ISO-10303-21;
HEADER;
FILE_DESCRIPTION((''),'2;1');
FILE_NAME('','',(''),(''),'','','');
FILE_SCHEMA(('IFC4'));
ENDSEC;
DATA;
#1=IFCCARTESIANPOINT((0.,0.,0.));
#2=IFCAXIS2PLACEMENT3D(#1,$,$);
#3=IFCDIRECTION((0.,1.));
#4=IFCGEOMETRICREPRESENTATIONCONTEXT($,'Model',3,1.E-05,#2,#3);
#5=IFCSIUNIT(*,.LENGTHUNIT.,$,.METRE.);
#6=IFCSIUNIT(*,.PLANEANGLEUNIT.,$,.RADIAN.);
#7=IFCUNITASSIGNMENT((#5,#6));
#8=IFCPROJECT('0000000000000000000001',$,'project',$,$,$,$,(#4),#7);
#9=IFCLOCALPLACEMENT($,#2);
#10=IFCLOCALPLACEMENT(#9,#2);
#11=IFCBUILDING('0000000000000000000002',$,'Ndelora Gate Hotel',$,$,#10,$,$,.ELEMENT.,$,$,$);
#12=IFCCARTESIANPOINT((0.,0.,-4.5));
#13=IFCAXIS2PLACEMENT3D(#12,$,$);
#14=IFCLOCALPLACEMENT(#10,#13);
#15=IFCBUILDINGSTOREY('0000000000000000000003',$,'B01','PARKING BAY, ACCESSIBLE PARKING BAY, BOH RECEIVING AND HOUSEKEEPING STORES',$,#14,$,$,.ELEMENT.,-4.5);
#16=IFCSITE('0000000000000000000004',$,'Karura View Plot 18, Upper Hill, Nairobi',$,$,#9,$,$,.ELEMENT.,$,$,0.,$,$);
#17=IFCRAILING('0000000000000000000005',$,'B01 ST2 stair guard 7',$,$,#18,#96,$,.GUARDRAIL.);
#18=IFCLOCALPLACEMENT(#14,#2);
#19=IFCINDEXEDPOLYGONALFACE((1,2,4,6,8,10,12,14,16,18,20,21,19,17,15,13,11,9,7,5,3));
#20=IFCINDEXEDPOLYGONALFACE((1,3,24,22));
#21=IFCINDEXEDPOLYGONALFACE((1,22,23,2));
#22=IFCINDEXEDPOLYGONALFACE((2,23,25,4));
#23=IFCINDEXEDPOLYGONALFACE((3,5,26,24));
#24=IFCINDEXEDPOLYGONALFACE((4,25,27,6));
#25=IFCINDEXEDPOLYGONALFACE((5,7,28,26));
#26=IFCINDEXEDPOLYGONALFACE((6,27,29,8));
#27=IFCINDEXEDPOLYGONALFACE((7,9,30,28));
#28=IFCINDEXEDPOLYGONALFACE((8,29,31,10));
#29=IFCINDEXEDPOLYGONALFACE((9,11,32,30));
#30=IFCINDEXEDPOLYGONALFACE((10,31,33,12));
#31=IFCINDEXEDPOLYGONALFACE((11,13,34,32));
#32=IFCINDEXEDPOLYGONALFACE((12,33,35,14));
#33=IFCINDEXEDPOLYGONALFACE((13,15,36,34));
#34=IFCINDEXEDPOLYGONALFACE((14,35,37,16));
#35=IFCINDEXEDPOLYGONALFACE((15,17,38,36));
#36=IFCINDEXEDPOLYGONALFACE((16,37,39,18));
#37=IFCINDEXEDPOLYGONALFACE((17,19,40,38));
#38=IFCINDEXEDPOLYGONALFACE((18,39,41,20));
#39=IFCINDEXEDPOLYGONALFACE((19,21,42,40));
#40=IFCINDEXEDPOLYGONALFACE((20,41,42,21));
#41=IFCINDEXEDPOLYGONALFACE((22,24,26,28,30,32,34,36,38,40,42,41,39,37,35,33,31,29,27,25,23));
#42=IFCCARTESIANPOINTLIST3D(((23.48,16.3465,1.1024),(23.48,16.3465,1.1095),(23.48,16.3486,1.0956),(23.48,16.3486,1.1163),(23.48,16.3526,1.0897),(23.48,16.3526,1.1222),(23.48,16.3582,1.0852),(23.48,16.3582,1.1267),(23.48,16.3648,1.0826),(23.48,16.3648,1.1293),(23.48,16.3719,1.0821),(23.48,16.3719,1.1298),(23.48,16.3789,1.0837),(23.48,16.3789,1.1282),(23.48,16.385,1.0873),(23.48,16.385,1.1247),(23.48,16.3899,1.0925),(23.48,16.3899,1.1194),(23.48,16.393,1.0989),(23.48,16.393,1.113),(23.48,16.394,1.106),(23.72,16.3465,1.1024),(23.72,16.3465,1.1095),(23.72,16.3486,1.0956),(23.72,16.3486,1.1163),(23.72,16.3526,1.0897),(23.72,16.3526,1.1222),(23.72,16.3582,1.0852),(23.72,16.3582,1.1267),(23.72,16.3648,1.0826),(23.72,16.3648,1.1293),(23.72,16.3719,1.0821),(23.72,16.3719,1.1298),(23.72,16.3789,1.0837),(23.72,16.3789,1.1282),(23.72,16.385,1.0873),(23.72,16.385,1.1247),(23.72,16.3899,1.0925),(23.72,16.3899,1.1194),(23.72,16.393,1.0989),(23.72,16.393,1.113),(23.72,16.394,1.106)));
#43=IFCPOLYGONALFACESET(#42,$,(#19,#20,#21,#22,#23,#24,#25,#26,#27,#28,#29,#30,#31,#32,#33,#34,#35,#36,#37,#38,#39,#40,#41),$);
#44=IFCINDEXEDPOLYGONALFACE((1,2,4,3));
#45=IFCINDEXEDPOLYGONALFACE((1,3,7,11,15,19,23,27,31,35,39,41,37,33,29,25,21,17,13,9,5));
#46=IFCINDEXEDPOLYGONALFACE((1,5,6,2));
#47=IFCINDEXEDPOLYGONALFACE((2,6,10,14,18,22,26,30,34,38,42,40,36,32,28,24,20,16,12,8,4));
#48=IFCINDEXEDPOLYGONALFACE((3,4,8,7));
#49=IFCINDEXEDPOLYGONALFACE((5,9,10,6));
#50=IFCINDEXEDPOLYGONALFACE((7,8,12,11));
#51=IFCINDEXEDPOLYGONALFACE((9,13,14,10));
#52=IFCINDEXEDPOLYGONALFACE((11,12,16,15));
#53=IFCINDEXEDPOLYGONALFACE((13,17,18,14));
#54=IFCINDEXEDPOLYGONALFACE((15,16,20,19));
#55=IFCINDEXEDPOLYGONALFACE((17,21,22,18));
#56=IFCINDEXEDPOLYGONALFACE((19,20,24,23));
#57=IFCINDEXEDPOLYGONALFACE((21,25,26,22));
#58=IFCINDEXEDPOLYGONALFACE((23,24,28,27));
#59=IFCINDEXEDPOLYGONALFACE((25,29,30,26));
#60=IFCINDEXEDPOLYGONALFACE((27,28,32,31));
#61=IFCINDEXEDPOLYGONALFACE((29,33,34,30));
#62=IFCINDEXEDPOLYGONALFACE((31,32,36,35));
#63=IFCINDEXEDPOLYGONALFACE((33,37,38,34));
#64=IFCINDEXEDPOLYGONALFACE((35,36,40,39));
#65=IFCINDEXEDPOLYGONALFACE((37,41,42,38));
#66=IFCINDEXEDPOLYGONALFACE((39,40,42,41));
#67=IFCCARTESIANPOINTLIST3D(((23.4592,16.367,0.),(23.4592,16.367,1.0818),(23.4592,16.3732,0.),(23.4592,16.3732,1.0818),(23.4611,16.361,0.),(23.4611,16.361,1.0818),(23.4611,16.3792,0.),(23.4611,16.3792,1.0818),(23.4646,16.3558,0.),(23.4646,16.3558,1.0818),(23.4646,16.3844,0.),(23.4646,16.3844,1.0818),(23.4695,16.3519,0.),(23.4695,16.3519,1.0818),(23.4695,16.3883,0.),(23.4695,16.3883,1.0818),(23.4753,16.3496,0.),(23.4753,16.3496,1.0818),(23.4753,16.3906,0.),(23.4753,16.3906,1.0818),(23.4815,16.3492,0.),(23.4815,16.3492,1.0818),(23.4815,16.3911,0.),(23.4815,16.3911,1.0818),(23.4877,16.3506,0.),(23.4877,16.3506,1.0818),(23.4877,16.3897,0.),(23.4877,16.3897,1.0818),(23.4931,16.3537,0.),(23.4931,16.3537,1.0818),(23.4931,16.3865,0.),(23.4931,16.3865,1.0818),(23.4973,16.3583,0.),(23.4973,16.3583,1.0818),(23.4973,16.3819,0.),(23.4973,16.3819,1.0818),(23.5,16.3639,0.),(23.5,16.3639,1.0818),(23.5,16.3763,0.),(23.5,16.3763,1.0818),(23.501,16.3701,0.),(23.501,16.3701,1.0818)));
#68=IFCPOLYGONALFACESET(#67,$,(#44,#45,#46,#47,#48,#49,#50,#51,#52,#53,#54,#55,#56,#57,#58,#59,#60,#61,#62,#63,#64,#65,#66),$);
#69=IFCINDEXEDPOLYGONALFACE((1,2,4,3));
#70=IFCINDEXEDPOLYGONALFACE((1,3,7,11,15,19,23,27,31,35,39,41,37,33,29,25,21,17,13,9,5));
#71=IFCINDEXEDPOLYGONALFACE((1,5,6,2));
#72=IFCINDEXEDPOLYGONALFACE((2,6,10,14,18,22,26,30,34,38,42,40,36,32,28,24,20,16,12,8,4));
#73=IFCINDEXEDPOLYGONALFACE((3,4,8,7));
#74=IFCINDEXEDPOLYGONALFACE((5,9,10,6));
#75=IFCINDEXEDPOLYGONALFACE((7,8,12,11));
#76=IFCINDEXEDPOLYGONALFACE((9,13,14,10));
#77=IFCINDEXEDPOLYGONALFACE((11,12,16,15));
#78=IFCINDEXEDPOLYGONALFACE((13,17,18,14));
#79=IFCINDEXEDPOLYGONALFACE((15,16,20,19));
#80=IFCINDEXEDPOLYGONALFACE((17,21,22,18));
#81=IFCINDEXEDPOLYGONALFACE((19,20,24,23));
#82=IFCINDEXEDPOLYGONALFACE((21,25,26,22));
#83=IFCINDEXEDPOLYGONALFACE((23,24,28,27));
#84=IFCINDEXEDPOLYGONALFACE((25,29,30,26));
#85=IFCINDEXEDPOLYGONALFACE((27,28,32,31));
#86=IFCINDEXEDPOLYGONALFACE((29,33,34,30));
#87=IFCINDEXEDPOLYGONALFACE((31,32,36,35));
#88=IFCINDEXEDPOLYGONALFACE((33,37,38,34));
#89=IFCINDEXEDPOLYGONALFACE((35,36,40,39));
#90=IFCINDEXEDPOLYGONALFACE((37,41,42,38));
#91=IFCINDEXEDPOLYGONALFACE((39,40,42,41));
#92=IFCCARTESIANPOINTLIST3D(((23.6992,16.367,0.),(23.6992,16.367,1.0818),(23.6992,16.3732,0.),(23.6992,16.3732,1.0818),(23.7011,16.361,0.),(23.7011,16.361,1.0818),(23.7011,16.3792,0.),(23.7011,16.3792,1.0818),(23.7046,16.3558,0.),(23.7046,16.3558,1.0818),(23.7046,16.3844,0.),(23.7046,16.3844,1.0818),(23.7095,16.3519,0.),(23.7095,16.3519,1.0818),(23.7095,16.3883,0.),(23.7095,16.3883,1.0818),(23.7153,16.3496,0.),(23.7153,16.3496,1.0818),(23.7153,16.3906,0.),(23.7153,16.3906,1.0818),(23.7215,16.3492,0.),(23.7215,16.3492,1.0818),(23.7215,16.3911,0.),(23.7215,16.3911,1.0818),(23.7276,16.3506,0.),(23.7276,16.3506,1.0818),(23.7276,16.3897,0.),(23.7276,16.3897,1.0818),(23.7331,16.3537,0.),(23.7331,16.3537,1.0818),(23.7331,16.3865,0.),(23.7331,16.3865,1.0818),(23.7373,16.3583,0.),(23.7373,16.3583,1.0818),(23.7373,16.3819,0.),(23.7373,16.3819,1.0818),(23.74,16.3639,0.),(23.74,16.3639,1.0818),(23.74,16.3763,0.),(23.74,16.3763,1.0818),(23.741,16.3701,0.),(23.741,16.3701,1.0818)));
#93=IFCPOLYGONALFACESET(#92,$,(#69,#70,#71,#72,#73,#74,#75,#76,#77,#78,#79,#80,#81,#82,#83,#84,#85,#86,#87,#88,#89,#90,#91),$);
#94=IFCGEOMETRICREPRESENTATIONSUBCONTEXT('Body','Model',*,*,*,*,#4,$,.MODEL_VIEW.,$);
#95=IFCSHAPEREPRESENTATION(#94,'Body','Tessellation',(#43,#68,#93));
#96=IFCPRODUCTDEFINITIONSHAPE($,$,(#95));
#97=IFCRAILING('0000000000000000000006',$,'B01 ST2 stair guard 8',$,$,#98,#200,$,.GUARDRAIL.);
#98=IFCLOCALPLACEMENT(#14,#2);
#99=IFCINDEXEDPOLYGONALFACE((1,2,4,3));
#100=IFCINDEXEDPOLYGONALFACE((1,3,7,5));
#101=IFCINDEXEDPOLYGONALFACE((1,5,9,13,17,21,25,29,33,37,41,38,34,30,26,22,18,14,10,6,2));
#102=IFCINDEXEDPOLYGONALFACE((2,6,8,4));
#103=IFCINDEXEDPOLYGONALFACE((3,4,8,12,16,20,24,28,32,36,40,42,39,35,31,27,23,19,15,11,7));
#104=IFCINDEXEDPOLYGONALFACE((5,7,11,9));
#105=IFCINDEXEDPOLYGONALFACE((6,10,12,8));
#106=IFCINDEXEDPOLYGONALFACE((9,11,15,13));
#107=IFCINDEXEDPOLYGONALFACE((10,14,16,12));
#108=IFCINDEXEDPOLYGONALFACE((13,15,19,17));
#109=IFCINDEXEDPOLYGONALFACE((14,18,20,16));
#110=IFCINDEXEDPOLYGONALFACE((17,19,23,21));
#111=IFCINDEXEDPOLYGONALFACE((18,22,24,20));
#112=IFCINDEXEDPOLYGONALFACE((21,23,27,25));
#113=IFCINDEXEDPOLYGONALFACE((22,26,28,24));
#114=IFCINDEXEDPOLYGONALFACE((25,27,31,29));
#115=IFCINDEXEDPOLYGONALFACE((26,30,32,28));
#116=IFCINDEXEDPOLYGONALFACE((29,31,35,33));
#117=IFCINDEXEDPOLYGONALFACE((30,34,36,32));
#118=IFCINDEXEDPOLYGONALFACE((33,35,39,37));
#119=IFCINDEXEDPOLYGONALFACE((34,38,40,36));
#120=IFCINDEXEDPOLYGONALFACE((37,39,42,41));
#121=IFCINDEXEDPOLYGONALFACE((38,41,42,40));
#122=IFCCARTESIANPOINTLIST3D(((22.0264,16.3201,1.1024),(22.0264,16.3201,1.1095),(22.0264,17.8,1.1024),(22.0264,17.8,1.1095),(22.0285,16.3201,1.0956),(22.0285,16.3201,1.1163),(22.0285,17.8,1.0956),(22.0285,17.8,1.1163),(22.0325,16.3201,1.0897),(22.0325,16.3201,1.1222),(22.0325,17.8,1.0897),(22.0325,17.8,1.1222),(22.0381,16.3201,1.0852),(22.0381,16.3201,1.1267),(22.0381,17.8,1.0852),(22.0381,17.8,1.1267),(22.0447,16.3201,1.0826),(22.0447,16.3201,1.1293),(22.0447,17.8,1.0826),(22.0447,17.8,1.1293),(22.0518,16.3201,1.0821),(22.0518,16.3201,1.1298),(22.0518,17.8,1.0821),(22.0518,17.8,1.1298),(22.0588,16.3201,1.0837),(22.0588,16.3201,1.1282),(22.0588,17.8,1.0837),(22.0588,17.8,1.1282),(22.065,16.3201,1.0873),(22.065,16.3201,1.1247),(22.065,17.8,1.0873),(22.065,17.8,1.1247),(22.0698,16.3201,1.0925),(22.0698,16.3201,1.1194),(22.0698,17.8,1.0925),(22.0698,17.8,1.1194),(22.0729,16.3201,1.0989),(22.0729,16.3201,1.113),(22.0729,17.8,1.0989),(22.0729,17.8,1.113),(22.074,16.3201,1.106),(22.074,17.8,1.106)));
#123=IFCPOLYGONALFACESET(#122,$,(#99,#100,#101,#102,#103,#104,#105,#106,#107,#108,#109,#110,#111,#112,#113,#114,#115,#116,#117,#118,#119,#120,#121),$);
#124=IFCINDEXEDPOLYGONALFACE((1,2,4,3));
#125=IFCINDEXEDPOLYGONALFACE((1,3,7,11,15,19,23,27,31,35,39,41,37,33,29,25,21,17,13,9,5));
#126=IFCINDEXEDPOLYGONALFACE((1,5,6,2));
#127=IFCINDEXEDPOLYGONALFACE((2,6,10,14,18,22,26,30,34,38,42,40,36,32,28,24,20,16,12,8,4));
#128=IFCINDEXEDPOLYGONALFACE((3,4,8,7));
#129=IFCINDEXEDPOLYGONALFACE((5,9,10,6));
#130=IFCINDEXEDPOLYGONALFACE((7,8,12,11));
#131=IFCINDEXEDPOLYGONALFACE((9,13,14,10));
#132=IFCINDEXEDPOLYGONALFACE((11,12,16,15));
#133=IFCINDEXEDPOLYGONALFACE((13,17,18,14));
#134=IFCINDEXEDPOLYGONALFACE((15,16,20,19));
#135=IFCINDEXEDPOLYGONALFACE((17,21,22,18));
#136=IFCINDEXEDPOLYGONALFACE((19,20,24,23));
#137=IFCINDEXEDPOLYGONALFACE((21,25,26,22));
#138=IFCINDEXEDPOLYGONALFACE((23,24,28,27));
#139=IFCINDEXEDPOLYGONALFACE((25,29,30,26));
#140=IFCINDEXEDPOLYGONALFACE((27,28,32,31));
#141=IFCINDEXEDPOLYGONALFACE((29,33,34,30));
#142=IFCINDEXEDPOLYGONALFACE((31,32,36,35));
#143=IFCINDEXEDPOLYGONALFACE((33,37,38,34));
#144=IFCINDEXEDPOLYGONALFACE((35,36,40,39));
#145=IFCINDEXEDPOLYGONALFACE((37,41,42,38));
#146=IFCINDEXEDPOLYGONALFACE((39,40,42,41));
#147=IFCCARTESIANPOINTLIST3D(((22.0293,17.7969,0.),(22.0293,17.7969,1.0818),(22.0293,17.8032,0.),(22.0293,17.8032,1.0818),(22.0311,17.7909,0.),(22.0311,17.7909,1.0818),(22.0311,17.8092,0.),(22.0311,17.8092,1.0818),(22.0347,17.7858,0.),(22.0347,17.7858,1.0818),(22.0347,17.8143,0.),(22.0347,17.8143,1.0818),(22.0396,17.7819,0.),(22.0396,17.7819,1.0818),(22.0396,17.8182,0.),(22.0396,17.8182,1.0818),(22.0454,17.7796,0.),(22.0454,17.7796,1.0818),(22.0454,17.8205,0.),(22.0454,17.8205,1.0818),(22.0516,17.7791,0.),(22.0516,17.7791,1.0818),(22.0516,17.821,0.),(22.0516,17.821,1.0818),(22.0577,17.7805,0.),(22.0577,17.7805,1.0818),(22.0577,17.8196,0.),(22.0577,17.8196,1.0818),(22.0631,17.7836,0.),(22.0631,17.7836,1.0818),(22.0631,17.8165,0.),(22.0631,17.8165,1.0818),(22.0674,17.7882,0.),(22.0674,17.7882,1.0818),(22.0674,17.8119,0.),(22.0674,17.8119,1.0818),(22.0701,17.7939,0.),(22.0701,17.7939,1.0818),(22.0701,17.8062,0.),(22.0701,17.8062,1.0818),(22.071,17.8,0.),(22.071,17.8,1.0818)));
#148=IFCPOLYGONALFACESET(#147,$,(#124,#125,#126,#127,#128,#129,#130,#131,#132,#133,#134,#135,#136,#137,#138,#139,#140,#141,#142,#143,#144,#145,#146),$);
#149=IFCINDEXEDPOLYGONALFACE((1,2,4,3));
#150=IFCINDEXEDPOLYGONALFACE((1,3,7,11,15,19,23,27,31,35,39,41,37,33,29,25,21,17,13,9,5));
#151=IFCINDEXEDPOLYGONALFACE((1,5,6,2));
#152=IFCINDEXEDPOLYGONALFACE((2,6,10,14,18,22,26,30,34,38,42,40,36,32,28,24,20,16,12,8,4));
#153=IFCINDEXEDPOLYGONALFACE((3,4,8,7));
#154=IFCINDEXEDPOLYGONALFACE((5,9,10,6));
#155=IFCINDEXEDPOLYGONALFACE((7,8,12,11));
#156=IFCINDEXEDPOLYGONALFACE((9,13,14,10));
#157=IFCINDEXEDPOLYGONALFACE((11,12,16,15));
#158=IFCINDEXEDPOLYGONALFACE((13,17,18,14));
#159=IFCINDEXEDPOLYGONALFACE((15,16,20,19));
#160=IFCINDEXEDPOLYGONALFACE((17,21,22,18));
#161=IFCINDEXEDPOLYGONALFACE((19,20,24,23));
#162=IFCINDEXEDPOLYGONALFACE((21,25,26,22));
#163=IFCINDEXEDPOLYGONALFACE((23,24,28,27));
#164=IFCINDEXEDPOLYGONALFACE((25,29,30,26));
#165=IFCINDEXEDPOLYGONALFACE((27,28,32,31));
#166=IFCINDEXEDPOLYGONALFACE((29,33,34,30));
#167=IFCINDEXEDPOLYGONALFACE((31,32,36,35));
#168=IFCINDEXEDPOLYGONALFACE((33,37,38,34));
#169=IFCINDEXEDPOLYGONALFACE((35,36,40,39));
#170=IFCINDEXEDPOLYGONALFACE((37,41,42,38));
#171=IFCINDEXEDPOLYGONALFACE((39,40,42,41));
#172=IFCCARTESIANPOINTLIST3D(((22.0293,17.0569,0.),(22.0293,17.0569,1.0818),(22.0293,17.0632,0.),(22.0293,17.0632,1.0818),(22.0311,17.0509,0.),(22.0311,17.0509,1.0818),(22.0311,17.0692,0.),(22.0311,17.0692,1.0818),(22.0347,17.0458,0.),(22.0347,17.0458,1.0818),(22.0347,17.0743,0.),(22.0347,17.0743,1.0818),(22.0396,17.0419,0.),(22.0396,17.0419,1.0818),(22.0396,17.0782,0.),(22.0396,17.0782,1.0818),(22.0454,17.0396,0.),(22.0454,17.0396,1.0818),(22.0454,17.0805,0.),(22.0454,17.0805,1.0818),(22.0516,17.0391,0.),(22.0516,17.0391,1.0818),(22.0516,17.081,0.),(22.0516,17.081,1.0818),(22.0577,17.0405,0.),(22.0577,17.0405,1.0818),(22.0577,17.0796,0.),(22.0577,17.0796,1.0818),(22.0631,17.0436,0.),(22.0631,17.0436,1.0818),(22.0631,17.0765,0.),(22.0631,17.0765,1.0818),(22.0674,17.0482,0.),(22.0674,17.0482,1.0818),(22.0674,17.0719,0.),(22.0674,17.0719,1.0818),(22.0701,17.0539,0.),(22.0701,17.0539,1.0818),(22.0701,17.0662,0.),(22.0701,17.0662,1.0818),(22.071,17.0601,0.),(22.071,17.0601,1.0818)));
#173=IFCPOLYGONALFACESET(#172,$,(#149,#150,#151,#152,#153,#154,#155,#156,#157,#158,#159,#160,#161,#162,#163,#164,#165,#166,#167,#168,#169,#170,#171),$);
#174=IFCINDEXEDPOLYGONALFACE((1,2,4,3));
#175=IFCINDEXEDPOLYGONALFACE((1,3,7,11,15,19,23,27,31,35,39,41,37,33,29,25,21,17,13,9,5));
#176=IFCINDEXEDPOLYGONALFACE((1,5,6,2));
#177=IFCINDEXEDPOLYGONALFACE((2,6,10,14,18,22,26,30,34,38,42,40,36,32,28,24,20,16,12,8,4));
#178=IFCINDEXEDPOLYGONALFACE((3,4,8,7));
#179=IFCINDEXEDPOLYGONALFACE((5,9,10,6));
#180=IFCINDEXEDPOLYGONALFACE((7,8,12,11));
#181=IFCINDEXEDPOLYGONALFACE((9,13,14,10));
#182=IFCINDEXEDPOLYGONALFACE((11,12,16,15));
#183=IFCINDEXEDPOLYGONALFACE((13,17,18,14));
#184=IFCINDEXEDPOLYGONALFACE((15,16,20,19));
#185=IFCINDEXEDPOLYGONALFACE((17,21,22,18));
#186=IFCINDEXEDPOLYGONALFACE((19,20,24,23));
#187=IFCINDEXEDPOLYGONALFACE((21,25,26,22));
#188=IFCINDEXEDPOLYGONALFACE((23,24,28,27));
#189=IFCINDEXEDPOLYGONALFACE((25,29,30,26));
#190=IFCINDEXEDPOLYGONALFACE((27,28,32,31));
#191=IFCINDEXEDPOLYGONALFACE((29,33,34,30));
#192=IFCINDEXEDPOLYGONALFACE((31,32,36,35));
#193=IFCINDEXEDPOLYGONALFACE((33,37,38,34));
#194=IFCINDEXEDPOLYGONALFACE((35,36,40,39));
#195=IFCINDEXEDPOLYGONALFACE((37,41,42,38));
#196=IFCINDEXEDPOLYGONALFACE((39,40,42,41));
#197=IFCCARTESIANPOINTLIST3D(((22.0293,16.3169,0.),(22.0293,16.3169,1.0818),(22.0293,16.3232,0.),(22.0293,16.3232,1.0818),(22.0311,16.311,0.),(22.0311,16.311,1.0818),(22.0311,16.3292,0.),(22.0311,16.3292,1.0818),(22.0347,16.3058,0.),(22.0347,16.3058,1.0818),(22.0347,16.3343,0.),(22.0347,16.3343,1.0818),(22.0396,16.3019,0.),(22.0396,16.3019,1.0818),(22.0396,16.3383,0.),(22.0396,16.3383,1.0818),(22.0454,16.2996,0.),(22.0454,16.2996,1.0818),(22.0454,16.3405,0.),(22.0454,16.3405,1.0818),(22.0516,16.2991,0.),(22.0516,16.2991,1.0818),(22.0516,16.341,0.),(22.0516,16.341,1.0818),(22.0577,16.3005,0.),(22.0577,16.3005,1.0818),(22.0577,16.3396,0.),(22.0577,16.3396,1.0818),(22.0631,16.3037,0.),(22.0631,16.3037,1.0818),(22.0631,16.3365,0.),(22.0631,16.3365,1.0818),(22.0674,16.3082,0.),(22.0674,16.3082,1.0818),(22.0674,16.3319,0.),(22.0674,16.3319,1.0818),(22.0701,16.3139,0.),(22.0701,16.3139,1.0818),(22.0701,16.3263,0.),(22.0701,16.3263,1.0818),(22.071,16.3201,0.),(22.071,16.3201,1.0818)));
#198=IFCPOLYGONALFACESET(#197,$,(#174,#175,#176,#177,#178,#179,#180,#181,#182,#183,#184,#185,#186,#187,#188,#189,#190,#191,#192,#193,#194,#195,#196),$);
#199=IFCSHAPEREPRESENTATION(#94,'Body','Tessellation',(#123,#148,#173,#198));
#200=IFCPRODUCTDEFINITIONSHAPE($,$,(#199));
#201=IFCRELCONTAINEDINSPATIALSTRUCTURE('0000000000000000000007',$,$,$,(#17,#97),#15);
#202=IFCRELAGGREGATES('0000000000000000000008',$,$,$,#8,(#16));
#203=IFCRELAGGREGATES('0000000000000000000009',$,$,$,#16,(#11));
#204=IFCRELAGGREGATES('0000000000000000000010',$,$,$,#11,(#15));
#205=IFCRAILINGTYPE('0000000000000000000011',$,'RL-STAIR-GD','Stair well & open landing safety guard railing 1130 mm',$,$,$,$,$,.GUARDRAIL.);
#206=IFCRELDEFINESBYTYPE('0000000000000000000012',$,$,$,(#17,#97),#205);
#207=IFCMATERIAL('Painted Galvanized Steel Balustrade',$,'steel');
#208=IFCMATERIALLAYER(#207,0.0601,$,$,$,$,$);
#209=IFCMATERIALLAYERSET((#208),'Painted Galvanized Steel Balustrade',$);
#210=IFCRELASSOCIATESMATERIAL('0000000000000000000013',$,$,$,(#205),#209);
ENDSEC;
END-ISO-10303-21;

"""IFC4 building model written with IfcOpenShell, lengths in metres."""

from ifc_helpers import new_model, si_unit, direction, frame, origin, origin_2d, place, context, subcontext, project, spatial, circle, extrude, material, layer, layer_set, type_object, element, save


model = new_model("IFC4")

# Units and contexts
model_context = context("Model", 3, precision=1e-05, world=origin(), true_north=direction((0.0, 1.0)))
body_context = subcontext(model_context, "Body", "Model", "MODEL_VIEW")
ifc_project = project(units=[si_unit("LENGTHUNIT", "METRE"), si_unit("PLANEANGLEUNIT", "RADIAN")], contexts=[model_context])

# Site, building, storey
site_placement = place(None, origin())
site = spatial("IfcSite", under=ifc_project, at=site_placement, Name="Karura View Plot 18, Upper Hill, Nairobi", CompositionType="ELEMENT", RefElevation=0.0)
building_placement = place(site_placement, origin())
building = spatial("IfcBuilding", under=site, at=building_placement, Name="Ndelora Gate Hotel", CompositionType="ELEMENT")
storey_placement = place(building_placement, frame((0.0, 0.0, -4.5)))
storey = spatial("IfcBuildingStorey", under=building, at=storey_placement, Name="B01", Description="PARKING BAY, ACCESSIBLE PARKING BAY, BOH RECEIVING AND HOUSEKEEPING STORES", CompositionType="ELEMENT", Elevation=-4.5)

# Railings
ifc_material_1 = material(Name="Painted Galvanized Steel Balustrade", Category="steel")
ifc_layer_1 = layer(ifc_material_1, 0.0601)
ifc_layer_set_1 = layer_set([ifc_layer_1], Name="Painted Galvanized Steel Balustrade")
railing_type_1 = type_object("IfcRailingType", Name="RL-STAIR-GD", Description="Stair well & open landing safety guard railing 1130 mm", PredefinedType="GUARDRAIL", material=ifc_layer_set_1)
railing_1_placement = place(storey_placement, frame((23.48, 16.3701, 0.0)))
element("IfcRailing", 1, at=railing_1_placement, inside=storey, type_object=railing_type_1, Name="B01 ST2 stair guard 7", PredefinedType="GUARDRAIL", context=body_context, shape_type="SweptSolid", body=[
    extrude(circle(Radius=0.0239, at=origin_2d()), frame((0.0, 0.0, 1.106), z_axis=(1.0, 0.0, 0.0), x_axis=(0.0, 1.0, 0.0)), (0.0, 0.0, 1.0), 0.24),
    extrude(circle(Radius=0.021, at=origin_2d()), origin(), (0.0, 0.0, 1.0), 1.0818),
    extrude(circle(Radius=0.021, at=origin_2d()), frame((0.24, 0.0, 0.0)), (0.0, 0.0, 1.0), 1.0818),
])
for number, where, name in (
    (2, (22.05, 17.8, 0.0), "B01 ST2 stair guard 8"),
):
    element("IfcRailing", number, at=place(storey_placement, frame(where)), inside=storey, type_object=railing_type_1, Name=name, PredefinedType="GUARDRAIL", context=body_context, shape_type="SweptSolid", body=[
        extrude(circle(Radius=0.0239, at=origin_2d()), frame((0.0, 0.0, 1.106), z_axis=(0.0, -1.0, 0.0), x_axis=(1.0, 0.0, 0.0)), (0.0, 0.0, 1.0), 1.48),
        extrude(circle(Radius=0.021, at=origin_2d()), origin(), (0.0, 0.0, 1.0), 1.0818),
        extrude(circle(Radius=0.021, at=origin_2d()), frame((0.0, -0.74, 0.0)), (0.0, 0.0, 1.0), 1.0818),
        extrude(circle(Radius=0.021, at=origin_2d()), frame((0.0, -1.48, 0.0)), (0.0, 0.0, 1.0), 1.0818),
    ])

save(model, "model.ifc")
